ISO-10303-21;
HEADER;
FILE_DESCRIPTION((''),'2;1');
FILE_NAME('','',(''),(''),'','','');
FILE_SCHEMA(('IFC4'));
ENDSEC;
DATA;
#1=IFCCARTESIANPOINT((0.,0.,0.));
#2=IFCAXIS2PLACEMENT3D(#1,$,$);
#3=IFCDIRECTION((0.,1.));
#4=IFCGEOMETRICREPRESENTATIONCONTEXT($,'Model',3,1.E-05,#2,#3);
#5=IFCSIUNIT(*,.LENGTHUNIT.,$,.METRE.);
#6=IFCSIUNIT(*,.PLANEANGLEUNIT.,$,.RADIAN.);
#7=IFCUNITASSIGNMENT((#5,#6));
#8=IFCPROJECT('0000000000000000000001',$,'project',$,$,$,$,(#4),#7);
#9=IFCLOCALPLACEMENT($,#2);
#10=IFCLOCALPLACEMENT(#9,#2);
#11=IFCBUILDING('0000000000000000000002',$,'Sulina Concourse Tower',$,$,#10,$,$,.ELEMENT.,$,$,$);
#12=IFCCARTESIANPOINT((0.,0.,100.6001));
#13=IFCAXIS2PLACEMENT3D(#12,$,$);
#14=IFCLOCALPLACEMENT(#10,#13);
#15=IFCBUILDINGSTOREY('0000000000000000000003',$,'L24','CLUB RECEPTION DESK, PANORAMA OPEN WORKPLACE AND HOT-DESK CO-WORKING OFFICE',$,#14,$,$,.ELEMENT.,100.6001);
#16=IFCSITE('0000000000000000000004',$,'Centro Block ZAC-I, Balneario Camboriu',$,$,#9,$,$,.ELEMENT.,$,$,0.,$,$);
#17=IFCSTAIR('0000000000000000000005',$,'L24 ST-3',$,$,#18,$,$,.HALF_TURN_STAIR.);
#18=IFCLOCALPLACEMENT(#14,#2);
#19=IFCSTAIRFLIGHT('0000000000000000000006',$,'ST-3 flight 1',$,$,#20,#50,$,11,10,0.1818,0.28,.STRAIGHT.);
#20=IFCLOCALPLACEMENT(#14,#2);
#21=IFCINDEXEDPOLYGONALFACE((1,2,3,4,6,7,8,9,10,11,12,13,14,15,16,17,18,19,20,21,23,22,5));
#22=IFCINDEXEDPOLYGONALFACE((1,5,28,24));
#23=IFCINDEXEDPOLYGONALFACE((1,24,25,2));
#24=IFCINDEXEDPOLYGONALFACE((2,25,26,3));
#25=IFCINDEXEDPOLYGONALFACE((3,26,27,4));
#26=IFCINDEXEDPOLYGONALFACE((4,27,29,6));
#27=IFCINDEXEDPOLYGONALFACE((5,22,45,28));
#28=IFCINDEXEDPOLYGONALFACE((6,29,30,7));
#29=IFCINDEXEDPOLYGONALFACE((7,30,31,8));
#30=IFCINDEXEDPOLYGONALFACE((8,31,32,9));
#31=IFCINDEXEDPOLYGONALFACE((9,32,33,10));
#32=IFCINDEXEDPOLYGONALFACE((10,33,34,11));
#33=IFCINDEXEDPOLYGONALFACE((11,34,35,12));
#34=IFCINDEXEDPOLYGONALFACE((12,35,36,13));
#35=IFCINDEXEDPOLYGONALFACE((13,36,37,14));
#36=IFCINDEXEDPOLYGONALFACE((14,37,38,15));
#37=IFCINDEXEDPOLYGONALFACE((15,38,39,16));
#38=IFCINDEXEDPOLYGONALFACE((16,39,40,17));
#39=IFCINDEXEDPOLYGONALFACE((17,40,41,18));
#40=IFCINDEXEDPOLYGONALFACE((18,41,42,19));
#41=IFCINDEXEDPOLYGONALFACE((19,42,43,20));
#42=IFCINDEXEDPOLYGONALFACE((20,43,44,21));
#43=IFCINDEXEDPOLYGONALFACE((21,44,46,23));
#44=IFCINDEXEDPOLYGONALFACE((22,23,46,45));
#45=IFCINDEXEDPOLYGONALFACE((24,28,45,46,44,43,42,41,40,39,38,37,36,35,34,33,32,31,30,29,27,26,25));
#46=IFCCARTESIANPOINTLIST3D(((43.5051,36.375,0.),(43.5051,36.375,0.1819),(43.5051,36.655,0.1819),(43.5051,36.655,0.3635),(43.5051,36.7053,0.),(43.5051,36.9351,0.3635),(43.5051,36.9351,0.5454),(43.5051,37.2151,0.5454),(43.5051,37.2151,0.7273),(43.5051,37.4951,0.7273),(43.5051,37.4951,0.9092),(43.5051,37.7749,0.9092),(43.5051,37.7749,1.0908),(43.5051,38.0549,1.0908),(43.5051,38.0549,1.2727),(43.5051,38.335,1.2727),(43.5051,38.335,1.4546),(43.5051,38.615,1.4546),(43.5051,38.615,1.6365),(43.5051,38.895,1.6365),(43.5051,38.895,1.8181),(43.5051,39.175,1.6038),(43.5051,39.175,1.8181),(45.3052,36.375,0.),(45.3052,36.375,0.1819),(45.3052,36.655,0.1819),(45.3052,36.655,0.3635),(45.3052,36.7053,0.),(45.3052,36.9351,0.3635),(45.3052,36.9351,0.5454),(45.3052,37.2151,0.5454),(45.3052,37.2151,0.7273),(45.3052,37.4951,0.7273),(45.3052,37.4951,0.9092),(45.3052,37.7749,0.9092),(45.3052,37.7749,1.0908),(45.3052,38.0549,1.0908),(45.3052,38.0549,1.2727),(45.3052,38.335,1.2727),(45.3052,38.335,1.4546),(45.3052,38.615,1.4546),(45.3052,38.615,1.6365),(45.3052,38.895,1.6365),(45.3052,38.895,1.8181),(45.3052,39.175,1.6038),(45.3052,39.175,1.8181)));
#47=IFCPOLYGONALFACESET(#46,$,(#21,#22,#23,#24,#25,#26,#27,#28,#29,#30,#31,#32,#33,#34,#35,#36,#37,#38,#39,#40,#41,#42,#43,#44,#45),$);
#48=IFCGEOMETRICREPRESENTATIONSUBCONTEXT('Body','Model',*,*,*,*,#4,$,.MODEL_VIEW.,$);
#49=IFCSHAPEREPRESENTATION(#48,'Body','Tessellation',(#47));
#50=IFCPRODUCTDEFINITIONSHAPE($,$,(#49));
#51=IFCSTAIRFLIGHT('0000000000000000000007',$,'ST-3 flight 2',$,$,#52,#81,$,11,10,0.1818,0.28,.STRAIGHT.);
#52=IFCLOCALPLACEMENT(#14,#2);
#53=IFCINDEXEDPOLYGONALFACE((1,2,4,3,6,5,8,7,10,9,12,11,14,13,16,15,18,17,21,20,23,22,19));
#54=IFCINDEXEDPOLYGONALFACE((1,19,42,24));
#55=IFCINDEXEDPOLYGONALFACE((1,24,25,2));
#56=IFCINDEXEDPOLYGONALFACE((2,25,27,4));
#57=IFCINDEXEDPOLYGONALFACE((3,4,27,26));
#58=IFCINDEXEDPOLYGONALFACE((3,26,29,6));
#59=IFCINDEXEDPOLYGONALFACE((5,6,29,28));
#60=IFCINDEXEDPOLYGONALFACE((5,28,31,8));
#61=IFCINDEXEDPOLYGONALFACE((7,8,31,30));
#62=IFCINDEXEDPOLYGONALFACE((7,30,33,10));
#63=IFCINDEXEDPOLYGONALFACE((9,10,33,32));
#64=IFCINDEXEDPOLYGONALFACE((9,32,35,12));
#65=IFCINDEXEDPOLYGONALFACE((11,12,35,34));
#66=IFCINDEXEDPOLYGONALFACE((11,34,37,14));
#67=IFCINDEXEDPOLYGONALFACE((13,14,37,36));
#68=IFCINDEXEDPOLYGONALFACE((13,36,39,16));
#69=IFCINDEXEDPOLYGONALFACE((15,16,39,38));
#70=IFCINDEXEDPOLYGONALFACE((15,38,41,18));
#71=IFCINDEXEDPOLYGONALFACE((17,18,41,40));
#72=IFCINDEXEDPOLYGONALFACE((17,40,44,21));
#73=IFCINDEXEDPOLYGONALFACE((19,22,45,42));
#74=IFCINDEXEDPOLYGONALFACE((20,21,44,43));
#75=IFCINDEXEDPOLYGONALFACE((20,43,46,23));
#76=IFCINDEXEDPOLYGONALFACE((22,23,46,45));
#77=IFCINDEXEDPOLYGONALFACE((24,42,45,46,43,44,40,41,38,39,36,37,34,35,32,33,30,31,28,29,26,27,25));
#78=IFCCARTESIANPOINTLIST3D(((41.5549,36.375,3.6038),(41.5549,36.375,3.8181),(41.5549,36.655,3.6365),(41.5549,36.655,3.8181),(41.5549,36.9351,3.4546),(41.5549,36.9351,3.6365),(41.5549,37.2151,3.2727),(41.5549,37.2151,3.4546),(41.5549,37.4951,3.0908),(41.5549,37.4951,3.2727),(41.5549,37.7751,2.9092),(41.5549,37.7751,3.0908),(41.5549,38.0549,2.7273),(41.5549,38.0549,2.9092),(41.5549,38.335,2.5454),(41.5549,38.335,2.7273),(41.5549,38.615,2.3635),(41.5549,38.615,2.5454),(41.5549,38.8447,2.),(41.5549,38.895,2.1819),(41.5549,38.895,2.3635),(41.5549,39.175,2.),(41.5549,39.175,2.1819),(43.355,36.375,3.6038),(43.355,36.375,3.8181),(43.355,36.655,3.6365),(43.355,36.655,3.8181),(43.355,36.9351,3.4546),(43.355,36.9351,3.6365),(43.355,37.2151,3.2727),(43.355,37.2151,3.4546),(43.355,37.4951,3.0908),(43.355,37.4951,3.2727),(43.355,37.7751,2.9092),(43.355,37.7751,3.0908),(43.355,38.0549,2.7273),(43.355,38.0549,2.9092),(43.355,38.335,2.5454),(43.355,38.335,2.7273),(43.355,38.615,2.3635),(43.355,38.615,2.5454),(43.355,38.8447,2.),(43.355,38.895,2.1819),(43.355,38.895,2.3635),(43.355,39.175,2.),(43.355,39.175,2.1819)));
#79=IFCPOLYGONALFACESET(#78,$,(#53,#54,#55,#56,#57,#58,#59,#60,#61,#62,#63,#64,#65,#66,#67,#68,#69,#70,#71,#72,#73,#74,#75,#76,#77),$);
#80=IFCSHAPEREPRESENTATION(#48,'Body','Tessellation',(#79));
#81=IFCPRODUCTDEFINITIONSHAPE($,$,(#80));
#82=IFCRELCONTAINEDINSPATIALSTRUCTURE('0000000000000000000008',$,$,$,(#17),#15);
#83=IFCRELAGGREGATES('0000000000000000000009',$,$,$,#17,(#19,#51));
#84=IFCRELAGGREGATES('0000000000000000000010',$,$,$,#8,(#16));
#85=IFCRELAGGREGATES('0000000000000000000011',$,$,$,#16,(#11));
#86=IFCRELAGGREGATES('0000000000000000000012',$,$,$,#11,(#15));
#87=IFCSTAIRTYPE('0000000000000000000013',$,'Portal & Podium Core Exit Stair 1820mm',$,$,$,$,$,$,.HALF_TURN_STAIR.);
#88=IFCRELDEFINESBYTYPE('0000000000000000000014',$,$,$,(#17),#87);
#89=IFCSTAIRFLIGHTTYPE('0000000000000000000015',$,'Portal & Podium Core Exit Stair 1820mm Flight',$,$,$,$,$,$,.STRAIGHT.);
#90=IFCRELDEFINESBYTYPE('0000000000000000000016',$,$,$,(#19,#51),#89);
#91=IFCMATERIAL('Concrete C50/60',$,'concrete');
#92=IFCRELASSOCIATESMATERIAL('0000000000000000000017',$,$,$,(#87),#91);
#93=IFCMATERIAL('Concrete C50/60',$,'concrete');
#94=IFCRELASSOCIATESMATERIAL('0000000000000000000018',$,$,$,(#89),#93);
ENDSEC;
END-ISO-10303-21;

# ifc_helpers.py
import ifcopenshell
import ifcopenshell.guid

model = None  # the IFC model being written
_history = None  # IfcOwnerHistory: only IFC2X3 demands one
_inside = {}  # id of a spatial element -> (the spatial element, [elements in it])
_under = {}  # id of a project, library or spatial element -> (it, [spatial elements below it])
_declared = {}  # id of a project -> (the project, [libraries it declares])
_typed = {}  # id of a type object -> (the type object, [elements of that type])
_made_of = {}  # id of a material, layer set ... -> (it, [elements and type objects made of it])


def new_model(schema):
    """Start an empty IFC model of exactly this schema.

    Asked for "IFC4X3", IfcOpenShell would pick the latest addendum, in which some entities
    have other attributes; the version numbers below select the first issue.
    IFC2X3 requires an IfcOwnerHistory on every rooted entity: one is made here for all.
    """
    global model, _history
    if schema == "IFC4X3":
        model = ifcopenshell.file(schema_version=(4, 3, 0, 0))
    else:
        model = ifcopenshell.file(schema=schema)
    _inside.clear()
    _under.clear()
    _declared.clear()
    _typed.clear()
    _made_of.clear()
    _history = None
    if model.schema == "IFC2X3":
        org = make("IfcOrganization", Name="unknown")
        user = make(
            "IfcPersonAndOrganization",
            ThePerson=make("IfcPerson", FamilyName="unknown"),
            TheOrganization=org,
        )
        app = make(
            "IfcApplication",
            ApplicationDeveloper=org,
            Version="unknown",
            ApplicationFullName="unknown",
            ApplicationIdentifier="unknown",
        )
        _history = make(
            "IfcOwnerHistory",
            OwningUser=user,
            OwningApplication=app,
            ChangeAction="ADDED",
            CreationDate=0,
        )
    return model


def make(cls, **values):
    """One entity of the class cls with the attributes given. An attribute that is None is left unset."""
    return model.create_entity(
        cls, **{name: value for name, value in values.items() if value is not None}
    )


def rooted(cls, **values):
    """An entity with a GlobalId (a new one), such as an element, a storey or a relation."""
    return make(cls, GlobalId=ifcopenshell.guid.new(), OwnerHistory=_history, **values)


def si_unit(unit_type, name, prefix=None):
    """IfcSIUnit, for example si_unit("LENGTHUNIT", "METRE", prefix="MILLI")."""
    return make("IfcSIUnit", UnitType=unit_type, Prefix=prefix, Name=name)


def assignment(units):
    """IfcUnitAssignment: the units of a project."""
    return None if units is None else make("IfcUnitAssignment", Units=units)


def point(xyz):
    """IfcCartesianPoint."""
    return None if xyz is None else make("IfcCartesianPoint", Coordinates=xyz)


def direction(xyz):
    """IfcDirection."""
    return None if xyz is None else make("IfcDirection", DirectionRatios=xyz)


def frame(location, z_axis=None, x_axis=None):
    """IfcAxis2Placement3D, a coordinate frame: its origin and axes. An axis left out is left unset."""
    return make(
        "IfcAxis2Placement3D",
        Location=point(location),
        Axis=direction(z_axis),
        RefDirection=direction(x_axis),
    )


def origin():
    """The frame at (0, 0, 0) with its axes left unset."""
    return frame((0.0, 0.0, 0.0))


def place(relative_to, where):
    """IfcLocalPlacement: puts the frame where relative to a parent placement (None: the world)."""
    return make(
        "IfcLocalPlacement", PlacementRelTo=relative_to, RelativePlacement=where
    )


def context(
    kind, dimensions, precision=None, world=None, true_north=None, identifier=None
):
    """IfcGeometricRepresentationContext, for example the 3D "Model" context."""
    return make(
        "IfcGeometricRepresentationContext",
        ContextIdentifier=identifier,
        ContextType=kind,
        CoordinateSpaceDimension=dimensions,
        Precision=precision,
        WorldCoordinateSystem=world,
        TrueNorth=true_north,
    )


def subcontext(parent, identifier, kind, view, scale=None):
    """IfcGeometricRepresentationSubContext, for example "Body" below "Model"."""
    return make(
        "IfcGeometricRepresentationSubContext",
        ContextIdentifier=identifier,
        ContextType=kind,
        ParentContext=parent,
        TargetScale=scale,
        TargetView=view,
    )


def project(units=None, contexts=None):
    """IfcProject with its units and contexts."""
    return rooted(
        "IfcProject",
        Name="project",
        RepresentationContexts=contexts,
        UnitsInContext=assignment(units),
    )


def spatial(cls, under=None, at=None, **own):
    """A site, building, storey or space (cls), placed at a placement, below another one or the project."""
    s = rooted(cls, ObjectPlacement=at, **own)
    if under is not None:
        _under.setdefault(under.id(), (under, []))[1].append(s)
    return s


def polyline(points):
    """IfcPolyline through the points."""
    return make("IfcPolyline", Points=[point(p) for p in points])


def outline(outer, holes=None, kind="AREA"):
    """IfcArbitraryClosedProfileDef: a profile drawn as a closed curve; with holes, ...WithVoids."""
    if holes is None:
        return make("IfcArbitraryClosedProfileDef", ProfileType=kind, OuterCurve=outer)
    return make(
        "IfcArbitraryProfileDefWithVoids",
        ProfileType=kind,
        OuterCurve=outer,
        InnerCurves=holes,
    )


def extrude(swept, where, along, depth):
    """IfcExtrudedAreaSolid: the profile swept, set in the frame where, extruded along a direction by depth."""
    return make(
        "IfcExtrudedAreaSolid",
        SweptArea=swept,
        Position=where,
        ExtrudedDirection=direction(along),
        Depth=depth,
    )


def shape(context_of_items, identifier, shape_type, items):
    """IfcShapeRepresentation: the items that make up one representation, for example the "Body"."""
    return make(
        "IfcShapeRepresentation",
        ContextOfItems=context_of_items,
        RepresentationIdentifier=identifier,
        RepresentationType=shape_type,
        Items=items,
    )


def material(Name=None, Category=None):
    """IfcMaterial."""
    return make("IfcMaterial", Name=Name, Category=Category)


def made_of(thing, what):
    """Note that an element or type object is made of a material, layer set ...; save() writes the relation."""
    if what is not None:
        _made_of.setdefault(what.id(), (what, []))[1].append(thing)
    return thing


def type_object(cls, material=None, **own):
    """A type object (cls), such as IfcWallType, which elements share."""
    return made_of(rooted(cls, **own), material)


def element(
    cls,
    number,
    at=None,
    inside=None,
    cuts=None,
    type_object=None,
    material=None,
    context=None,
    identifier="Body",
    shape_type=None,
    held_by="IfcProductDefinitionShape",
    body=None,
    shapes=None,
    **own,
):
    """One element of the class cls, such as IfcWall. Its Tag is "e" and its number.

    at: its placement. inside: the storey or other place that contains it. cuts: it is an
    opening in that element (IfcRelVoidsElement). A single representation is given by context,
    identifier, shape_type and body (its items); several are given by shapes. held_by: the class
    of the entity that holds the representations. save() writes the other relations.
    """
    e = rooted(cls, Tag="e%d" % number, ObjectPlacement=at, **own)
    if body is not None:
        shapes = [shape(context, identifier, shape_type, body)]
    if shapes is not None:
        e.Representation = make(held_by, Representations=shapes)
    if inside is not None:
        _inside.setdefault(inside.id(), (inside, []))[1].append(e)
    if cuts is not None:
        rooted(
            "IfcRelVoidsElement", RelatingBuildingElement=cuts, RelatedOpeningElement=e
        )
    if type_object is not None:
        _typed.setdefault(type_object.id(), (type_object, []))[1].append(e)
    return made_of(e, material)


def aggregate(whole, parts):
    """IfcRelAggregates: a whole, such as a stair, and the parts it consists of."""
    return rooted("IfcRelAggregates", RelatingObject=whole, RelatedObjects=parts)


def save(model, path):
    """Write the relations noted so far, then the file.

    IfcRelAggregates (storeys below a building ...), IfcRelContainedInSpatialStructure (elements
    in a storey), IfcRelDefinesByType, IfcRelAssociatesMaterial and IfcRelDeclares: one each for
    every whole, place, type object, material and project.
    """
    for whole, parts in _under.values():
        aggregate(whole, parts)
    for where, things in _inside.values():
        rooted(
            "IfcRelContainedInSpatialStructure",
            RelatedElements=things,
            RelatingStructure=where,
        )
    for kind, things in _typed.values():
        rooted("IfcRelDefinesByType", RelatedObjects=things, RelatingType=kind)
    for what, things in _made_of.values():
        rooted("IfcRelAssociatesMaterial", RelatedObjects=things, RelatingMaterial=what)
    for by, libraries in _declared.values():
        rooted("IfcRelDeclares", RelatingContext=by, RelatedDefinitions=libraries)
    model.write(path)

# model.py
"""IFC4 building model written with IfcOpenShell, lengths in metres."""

from ifc_helpers import new_model, si_unit, direction, frame, origin, place, context, subcontext, project, spatial, polyline, outline, extrude, material, type_object, element, aggregate, save


model = new_model("IFC4")

# Units and contexts
model_context = context("Model", 3, precision=1e-05, world=origin(), true_north=direction((0.0, 1.0)))
body_context = subcontext(model_context, "Body", "Model", "MODEL_VIEW")
ifc_project = project(units=[si_unit("LENGTHUNIT", "METRE"), si_unit("PLANEANGLEUNIT", "RADIAN")], contexts=[model_context])

# Site, building, storey
site_placement = place(None, origin())
site = spatial("IfcSite", under=ifc_project, at=site_placement, Name="Centro Block ZAC-I, Balneario Camboriu", CompositionType="ELEMENT", RefElevation=0.0)
building_placement = place(site_placement, origin())
building = spatial("IfcBuilding", under=site, at=building_placement, Name="Sulina Concourse Tower", CompositionType="ELEMENT")
storey_placement = place(building_placement, frame((0.0, 0.0, 100.6001)))
storey = spatial("IfcBuildingStorey", under=building, at=storey_placement, Name="L24", Description="CLUB RECEPTION DESK, PANORAMA OPEN WORKPLACE AND HOT-DESK CO-WORKING OFFICE", CompositionType="ELEMENT", Elevation=100.6001)

# Stair, stair flights
ifc_material_1 = material(Name="Concrete C50/60", Category="concrete")
stair_type = type_object("IfcStairType", Name="Portal & Podium Core Exit Stair 1820mm", PredefinedType="HALF_TURN_STAIR", material=ifc_material_1)
stair_placement = place(storey_placement, origin())
stair = element("IfcStair", 1, at=stair_placement, inside=storey, type_object=stair_type, Name="L24 ST-3", PredefinedType="HALF_TURN_STAIR")
ifc_material_2 = material(Name="Concrete C50/60", Category="concrete")
stair_flight_type = type_object("IfcStairFlightType", Name="Portal & Podium Core Exit Stair 1820mm Flight", PredefinedType="STRAIGHT", material=ifc_material_2)
stair_flight_1_placement = place(storey_placement, frame((44.405, 36.375, 0.0), z_axis=(0.0, 0.0, 1.0), x_axis=(0.0, 1.0, 0.0)))
stair_flight_1 = element("IfcStairFlight", 2, at=stair_flight_1_placement, type_object=stair_flight_type, Name="ST-3 flight 1", NumberOfRisers=11, NumberOfTreads=10, PredefinedType="STRAIGHT", RiserHeight=0.1818, TreadLength=0.28, context=body_context, shape_type="SweptSolid", body=[
    extrude(outline(polyline([(0.0, 0.0), (0.0, 0.1819), (0.28, 0.1819), (0.28, 0.3635), (0.5601, 0.3635), (0.5601, 0.5454), (0.8401, 0.5454), (0.8401, 0.7273), (1.1201, 0.7273), (1.1201, 0.9092), (1.3999, 0.9092), (1.3999, 1.0908), (1.6799, 1.0908), (1.6799, 1.2727), (1.96, 1.2727), (1.96, 1.4546), (2.24, 1.4546), (2.24, 1.6365), (2.52, 1.6365), (2.52, 1.8181), (2.8, 1.8181), (2.8, 2.0), (2.8, 1.6038), (0.3303, 0.0), (0.0, 0.0)])), frame((0.0, 0.8999, 0.0), z_axis=(0.0, -1.0, 0.0), x_axis=(1.0, 0.0, 0.0)), (0.0, 0.0, 1.0), 1.8),
])
stair_flight_2_placement = place(storey_placement, frame((42.4551, 39.175, 2.0), z_axis=(0.0, 0.0, 1.0), x_axis=(0.0, -1.0, 0.0)))
stair_flight_2 = element("IfcStairFlight", 3, at=stair_flight_2_placement, type_object=stair_flight_type, Name="ST-3 flight 2", NumberOfRisers=11, NumberOfTreads=10, PredefinedType="STRAIGHT", RiserHeight=0.1818, TreadLength=0.28, context=body_context, shape_type="SweptSolid", body=[
    extrude(outline(polyline([(0.0, 0.0), (0.0, 0.1819), (0.28, 0.1819), (0.28, 0.3635), (0.5601, 0.3635), (0.5601, 0.5454), (0.8401, 0.5454), (0.8401, 0.7273), (1.1201, 0.7273), (1.1201, 0.9092), (1.3999, 0.9092), (1.3999, 1.0908), (1.6799, 1.0908), (1.6799, 1.2727), (1.96, 1.2727), (1.96, 1.4546), (2.24, 1.4546), (2.24, 1.6365), (2.52, 1.6365), (2.52, 1.8181), (2.8, 1.8181), (2.8, 2.0), (2.8, 1.6038), (0.3303, 0.0), (0.0, 0.0)])), frame((0.0, 0.8999, 0.0), z_axis=(0.0, -1.0, 0.0), x_axis=(1.0, 0.0, 0.0)), (0.0, 0.0, 1.0), 1.8),
])
aggregate(stair, [stair_flight_1, stair_flight_2])

save(model, "model.ifc")
